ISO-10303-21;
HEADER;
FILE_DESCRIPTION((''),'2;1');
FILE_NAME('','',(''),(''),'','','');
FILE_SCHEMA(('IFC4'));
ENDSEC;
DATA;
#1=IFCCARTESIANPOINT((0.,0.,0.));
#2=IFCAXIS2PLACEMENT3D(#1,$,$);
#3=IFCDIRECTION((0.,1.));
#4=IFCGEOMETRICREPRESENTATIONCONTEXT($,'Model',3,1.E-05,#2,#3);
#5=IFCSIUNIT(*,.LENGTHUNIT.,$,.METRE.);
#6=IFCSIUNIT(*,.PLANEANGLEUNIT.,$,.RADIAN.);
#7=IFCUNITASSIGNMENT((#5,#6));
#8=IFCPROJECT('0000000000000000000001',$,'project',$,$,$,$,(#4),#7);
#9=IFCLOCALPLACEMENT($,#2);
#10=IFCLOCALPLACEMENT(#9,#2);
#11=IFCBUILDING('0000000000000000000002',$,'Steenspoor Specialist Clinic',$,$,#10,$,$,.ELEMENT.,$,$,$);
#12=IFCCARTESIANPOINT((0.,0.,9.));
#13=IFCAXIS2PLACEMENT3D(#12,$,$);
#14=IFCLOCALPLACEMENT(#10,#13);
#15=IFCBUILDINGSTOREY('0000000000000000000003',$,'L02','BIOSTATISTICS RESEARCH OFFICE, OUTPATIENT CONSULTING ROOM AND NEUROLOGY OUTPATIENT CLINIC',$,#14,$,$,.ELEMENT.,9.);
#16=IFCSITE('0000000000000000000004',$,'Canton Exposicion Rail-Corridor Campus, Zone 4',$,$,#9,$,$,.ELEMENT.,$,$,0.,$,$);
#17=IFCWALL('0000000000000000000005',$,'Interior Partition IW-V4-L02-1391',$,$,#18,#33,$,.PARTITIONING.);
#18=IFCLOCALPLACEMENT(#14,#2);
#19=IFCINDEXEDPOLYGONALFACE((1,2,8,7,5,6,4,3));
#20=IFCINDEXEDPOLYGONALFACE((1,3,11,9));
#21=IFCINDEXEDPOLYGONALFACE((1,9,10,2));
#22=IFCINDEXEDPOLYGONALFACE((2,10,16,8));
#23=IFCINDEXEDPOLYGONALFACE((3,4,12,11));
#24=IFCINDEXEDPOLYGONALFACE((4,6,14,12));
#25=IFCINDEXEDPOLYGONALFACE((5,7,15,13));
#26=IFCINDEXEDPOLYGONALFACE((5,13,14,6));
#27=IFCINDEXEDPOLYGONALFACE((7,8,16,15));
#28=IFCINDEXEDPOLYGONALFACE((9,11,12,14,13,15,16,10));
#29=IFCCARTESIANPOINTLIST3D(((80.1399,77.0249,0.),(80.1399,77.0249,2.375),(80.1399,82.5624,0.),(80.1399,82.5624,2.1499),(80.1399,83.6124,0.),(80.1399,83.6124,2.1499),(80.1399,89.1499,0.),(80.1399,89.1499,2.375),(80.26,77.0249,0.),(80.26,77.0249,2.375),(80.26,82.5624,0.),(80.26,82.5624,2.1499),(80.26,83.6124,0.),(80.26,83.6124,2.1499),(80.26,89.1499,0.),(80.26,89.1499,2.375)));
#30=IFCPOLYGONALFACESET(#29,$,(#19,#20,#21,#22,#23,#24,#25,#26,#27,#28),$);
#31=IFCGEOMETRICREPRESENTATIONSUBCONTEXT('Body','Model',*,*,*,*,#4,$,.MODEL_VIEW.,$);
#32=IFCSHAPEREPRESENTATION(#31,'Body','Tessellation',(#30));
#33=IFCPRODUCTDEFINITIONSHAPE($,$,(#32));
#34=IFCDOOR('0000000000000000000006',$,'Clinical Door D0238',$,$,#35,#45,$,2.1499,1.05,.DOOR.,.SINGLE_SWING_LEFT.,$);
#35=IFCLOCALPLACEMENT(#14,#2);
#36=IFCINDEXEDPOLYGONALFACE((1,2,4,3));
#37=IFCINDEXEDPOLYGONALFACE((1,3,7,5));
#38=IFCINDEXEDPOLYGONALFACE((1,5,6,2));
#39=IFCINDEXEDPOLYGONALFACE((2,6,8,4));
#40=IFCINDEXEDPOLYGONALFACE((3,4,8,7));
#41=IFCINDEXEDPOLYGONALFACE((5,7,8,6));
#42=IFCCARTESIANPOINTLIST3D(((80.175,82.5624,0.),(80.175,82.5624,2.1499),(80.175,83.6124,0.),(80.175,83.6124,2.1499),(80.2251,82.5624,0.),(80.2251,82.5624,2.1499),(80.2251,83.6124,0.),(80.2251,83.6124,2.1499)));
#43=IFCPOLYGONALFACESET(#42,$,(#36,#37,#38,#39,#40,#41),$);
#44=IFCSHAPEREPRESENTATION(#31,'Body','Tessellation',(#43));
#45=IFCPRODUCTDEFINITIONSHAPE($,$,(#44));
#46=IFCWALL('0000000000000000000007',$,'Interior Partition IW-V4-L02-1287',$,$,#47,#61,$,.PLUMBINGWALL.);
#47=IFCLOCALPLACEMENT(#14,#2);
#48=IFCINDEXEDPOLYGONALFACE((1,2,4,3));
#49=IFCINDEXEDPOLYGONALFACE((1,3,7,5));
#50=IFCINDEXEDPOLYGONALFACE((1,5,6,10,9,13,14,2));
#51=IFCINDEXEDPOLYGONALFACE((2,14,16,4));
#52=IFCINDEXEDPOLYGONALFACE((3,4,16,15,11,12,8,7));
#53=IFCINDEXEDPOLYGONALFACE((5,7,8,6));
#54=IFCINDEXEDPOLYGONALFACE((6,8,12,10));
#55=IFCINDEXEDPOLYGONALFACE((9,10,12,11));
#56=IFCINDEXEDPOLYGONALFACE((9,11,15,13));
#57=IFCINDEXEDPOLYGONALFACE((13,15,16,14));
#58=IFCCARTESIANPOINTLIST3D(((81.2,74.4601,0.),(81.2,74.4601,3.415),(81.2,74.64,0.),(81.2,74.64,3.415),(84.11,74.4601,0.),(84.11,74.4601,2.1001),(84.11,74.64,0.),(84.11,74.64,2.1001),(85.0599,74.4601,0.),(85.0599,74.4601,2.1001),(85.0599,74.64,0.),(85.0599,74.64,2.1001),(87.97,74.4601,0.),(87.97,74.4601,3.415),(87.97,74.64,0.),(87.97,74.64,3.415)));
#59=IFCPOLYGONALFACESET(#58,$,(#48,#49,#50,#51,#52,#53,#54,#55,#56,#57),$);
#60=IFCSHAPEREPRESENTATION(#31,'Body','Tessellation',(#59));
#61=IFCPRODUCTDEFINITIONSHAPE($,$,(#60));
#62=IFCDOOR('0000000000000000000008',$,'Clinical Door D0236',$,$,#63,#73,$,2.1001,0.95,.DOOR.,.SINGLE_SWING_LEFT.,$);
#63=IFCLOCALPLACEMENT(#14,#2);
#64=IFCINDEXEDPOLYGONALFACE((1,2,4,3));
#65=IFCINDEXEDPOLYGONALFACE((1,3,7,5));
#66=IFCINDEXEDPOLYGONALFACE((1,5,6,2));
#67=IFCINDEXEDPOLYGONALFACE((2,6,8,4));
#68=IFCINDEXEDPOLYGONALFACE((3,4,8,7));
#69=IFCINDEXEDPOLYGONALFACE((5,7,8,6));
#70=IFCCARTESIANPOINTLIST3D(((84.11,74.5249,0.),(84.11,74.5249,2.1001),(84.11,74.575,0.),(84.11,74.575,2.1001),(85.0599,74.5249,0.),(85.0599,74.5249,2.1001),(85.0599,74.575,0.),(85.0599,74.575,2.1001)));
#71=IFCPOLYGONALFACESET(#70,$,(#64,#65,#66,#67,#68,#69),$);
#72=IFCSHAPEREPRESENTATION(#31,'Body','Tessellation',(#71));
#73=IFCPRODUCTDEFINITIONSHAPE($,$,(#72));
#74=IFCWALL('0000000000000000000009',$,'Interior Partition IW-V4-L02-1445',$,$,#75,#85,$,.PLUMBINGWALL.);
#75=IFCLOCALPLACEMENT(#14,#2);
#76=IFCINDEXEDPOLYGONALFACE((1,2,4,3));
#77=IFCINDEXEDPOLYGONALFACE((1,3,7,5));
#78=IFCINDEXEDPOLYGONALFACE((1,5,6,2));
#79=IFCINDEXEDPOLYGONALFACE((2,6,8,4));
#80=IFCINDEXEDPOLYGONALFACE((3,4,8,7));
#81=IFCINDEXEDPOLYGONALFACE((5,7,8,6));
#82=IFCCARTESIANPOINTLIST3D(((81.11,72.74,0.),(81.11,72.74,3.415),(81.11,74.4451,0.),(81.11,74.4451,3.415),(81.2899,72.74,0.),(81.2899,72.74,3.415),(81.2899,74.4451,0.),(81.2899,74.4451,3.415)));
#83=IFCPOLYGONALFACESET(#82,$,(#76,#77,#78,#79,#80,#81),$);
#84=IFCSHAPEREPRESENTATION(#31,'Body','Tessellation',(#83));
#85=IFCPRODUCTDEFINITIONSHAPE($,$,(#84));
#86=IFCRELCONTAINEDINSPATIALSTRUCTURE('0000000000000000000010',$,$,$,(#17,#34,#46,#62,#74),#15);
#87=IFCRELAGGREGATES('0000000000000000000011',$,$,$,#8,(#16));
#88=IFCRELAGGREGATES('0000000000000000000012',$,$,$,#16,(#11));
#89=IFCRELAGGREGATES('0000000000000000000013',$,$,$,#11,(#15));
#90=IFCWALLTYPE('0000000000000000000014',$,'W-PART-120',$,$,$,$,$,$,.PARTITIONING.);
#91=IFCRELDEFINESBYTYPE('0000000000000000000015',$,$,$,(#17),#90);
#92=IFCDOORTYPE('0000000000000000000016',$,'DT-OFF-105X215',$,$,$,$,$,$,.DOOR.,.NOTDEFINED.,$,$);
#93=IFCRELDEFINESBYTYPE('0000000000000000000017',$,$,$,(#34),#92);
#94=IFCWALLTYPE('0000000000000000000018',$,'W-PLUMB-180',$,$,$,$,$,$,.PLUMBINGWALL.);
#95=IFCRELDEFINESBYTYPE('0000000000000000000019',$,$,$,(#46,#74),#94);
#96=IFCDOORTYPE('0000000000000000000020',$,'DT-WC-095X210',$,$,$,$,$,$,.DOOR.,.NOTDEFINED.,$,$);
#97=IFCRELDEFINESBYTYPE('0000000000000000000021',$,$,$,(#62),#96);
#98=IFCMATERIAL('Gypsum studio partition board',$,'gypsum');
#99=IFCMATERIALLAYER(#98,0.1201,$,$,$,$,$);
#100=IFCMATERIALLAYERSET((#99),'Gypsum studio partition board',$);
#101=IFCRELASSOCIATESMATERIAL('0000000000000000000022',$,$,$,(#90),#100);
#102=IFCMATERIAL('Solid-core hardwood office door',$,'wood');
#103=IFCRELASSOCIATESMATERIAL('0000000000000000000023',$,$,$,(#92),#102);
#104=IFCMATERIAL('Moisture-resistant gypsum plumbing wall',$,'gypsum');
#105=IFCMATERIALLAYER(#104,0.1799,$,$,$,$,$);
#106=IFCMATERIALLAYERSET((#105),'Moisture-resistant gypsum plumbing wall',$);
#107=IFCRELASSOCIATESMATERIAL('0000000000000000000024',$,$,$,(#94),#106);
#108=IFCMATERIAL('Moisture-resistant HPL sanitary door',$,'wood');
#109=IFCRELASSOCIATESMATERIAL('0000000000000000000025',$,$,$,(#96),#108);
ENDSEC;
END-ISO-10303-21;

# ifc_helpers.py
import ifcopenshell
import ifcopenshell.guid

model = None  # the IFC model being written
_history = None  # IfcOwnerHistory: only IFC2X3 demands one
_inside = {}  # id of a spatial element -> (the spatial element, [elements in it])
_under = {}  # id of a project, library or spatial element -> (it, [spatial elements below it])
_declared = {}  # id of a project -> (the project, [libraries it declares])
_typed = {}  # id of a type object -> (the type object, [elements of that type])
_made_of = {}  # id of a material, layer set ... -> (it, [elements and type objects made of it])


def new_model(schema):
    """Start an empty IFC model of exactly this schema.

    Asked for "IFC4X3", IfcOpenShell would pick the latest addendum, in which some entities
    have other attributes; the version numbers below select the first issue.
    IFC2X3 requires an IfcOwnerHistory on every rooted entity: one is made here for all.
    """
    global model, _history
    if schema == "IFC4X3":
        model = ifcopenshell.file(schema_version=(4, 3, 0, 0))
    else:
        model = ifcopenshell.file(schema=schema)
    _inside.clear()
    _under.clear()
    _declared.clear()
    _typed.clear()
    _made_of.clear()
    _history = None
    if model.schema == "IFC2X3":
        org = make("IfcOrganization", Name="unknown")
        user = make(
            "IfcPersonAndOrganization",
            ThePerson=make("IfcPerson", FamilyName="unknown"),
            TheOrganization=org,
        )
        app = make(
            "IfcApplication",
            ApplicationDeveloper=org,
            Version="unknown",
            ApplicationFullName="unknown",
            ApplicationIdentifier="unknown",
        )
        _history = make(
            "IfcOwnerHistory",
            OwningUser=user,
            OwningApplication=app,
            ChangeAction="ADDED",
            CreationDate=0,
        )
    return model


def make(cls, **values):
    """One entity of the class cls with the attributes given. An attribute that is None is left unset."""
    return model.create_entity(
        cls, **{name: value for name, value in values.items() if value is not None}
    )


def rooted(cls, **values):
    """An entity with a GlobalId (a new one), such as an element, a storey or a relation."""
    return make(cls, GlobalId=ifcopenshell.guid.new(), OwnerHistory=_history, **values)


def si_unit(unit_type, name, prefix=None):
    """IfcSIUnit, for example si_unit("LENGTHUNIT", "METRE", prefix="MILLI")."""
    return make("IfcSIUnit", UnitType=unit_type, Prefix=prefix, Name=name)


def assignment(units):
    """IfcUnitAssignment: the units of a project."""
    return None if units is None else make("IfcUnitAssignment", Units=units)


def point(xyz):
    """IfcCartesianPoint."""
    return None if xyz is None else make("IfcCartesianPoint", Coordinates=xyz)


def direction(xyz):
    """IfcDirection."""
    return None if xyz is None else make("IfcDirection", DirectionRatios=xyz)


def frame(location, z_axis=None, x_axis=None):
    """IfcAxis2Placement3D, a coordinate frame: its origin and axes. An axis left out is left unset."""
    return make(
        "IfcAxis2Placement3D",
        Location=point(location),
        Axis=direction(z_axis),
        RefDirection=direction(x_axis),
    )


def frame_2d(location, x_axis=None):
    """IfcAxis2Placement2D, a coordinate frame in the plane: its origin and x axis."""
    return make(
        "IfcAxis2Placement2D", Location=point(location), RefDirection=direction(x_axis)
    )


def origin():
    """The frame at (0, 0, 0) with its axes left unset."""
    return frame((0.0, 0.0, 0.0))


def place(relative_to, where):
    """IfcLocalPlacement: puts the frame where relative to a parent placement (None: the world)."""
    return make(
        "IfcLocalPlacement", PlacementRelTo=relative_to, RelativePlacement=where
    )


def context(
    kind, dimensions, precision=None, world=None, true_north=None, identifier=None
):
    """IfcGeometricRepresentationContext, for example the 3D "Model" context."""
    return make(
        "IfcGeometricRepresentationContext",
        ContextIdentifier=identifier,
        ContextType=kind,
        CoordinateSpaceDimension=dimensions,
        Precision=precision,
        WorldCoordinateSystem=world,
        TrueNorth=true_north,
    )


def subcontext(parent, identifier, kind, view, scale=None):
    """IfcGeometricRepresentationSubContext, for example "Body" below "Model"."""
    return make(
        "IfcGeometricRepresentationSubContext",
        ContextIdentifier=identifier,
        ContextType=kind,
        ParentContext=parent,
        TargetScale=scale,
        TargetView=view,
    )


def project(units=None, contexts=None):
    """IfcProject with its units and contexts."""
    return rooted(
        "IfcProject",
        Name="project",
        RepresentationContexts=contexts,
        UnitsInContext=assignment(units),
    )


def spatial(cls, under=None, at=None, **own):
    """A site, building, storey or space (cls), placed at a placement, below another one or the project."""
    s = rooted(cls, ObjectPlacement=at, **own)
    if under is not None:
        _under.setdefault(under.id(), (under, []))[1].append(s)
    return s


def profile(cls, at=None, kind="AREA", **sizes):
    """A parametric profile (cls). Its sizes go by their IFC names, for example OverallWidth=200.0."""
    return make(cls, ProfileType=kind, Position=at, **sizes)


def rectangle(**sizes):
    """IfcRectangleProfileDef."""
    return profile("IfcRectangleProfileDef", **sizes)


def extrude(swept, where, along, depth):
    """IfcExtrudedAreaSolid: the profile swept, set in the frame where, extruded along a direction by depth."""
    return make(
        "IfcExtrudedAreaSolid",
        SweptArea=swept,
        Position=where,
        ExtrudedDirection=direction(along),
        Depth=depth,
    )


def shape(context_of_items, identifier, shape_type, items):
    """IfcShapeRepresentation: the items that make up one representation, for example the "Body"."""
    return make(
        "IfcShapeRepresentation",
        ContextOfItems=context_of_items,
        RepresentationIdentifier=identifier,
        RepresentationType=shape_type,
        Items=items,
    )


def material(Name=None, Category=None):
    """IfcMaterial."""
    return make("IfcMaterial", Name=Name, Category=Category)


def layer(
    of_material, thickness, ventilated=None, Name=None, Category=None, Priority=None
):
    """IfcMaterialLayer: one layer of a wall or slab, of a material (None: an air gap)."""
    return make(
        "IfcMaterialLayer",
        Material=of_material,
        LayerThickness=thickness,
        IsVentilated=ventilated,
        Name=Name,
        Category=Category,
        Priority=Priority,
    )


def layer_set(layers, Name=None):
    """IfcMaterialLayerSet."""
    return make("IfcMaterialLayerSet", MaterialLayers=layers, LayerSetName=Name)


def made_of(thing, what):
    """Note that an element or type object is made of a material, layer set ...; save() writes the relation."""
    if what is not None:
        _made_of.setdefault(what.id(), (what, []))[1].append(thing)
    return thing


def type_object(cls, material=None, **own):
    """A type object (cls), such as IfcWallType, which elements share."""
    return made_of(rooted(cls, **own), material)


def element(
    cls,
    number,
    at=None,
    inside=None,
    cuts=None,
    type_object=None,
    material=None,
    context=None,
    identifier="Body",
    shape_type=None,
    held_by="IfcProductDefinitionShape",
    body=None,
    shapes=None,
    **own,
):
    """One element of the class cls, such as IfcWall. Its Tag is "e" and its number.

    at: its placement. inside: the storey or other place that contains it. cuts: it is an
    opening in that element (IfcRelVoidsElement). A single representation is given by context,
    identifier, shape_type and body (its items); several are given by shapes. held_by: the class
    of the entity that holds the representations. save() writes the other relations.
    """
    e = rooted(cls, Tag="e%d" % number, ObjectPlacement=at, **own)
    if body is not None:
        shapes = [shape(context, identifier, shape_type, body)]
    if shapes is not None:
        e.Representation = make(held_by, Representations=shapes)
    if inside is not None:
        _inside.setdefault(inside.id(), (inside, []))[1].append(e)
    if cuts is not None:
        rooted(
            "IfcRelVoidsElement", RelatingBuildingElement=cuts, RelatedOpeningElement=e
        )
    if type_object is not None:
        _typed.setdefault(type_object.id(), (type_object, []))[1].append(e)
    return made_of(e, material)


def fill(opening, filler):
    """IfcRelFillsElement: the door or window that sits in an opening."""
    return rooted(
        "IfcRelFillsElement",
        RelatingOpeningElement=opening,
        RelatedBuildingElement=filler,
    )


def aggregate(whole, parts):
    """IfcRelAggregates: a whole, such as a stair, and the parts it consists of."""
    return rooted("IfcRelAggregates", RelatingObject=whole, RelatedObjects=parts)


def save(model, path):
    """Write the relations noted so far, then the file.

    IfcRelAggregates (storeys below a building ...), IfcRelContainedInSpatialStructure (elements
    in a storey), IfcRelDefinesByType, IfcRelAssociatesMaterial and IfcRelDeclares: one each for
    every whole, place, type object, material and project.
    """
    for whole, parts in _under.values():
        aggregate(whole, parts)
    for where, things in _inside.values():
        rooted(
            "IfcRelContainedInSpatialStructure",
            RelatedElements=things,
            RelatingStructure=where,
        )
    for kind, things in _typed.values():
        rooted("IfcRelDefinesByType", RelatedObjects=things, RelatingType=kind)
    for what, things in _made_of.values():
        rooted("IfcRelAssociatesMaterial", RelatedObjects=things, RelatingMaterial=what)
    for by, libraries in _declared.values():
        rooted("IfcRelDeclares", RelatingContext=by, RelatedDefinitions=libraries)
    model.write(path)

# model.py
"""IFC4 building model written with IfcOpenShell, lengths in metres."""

from ifc_helpers import new_model, si_unit, direction, frame, frame_2d, origin, place, context, subcontext, project, spatial, rectangle, extrude, material, layer, layer_set, type_object, element, fill, save


model = new_model("IFC4")

# Units and contexts
model_context = context("Model", 3, precision=1e-05, world=origin(), true_north=direction((0.0, 1.0)))
body_context = subcontext(model_context, "Body", "Model", "MODEL_VIEW")
ifc_project = project(units=[si_unit("LENGTHUNIT", "METRE"), si_unit("PLANEANGLEUNIT", "RADIAN")], contexts=[model_context])

# Site, building, storey
site_placement = place(None, origin())
site = spatial("IfcSite", under=ifc_project, at=site_placement, Name="Canton Exposicion Rail-Corridor Campus, Zone 4", CompositionType="ELEMENT", RefElevation=0.0)
building_placement = place(site_placement, origin())
building = spatial("IfcBuilding", under=site, at=building_placement, Name="Steenspoor Specialist Clinic", CompositionType="ELEMENT")
storey_placement = place(building_placement, frame((0.0, 0.0, 9.0)))
storey = spatial("IfcBuildingStorey", under=building, at=storey_placement, Name="L02", Description="BIOSTATISTICS RESEARCH OFFICE, OUTPATIENT CONSULTING ROOM AND NEUROLOGY OUTPATIENT CLINIC", CompositionType="ELEMENT", Elevation=9.0)

# Shared definitions
ifc_material_1 = material(Name="Gypsum studio partition board", Category="gypsum")
ifc_layer_1 = layer(ifc_material_1, 0.1201)
ifc_layer_set_1 = layer_set([ifc_layer_1], Name="Gypsum studio partition board")
wall_type_1 = type_object("IfcWallType", Name="W-PART-120", PredefinedType="PARTITIONING", material=ifc_layer_set_1)

# Walls, openings, doors
wall_1_placement = place(storey_placement, frame((80.2, 77.0249, 0.0), z_axis=(0.0, 0.0, 1.0), x_axis=(0.0, 1.0, 0.0)))
wall_1 = element("IfcWall", 1, at=wall_1_placement, inside=storey, type_object=wall_type_1, Name="Interior Partition IW-V4-L02-1391", PredefinedType="PARTITIONING", context=body_context, shape_type="SweptSolid", body=[
    extrude(rectangle(XDim=12.125, YDim=0.1201, at=frame_2d((6.0625, 0.0))), origin(), (0.0, 0.0, 1.0), 2.375),
])
opening_1_placement = place(wall_1_placement, frame((5.5376, 0.0, 0.0)))
opening_1 = element("IfcOpeningElement", 2, at=opening_1_placement, cuts=wall_1, PredefinedType="OPENING", context=body_context, shape_type="SweptSolid", body=[
    extrude(rectangle(XDim=1.05, YDim=2.1499, at=frame_2d((0.5249, 1.075))), frame((0.0, 0.0701, 0.0), z_axis=(0.0, -1.0, 0.0), x_axis=(1.0, 0.0, 0.0)), (0.0, 0.0, 1.0), 0.1401),
])
ifc_material_2 = material(Name="Solid-core hardwood office door", Category="wood")
door_type_1 = type_object("IfcDoorType", Name="DT-OFF-105X215", OperationType="NOTDEFINED", PredefinedType="DOOR", material=ifc_material_2)
door_1_placement = place(opening_1_placement, origin())
door_1 = element("IfcDoor", 3, at=door_1_placement, inside=storey, type_object=door_type_1, Name="Clinical Door D0238", OperationType="SINGLE_SWING_LEFT", OverallHeight=2.1499, OverallWidth=1.05, PredefinedType="DOOR", context=body_context, shape_type="SweptSolid", body=[
    extrude(rectangle(XDim=1.05, YDim=2.1499, at=frame_2d((0.5249, 1.075))), frame((0.0, 0.0249, 0.0), z_axis=(0.0, -1.0, 0.0), x_axis=(1.0, 0.0, 0.0)), (0.0, 0.0, 1.0), 0.05),
])
fill(opening_1, door_1)
ifc_material_3 = material(Name="Moisture-resistant gypsum plumbing wall", Category="gypsum")
ifc_layer_2 = layer(ifc_material_3, 0.1799)
ifc_layer_set_2 = layer_set([ifc_layer_2], Name="Moisture-resistant gypsum plumbing wall")
wall_type_2 = type_object("IfcWallType", Name="W-PLUMB-180", PredefinedType="PLUMBINGWALL", material=ifc_layer_set_2)
wall_2_placement = place(storey_placement, frame((81.2, 74.55, 0.0), z_axis=(0.0, 0.0, 1.0), x_axis=(1.0, 0.0, 0.0)))
wall_2 = element("IfcWall", 4, at=wall_2_placement, inside=storey, type_object=wall_type_2, Name="Interior Partition IW-V4-L02-1287", PredefinedType="PLUMBINGWALL", context=body_context, shape_type="SweptSolid", body=[
    extrude(rectangle(XDim=6.77, YDim=0.1799, at=frame_2d((3.385, 0.0))), origin(), (0.0, 0.0, 1.0), 3.415),
])
opening_2_placement = place(wall_2_placement, frame((2.9099, 0.0, 0.0)))
opening_2 = element("IfcOpeningElement", 5, at=opening_2_placement, cuts=wall_2, PredefinedType="OPENING", context=body_context, shape_type="SweptSolid", body=[
    extrude(rectangle(XDim=0.95, YDim=2.1001, at=frame_2d((0.4751, 1.05))), frame((0.0, 0.1001, 0.0), z_axis=(0.0, -1.0, 0.0), x_axis=(1.0, 0.0, 0.0)), (0.0, 0.0, 1.0), 0.2),
])
ifc_material_4 = material(Name="Moisture-resistant HPL sanitary door", Category="wood")
door_type_2 = type_object("IfcDoorType", Name="DT-WC-095X210", OperationType="NOTDEFINED", PredefinedType="DOOR", material=ifc_material_4)
door_2_placement = place(opening_2_placement, origin())
door_2 = element("IfcDoor", 6, at=door_2_placement, inside=storey, type_object=door_type_2, Name="Clinical Door D0236", OperationType="SINGLE_SWING_LEFT", OverallHeight=2.1001, OverallWidth=0.95, PredefinedType="DOOR", context=body_context, shape_type="SweptSolid", body=[
    extrude(rectangle(XDim=0.95, YDim=2.1001, at=frame_2d((0.4751, 1.05))), frame((0.0, 0.0249, 0.0), z_axis=(0.0, -1.0, 0.0), x_axis=(1.0, 0.0, 0.0)), (0.0, 0.0, 1.0), 0.05),
])
fill(opening_2, door_2)

# Wall
wall_3_placement = place(storey_placement, frame((81.2, 72.74, 0.0), z_axis=(0.0, 0.0, 1.0), x_axis=(0.0, 1.0, 0.0)))
element("IfcWall", 7, at=wall_3_placement, inside=storey, type_object=wall_type_2, Name="Interior Partition IW-V4-L02-1445", PredefinedType="PLUMBINGWALL", context=body_context, shape_type="SweptSolid", body=[
    extrude(rectangle(XDim=1.7051, YDim=0.1799, at=frame_2d((0.8525, 0.0))), origin(), (0.0, 0.0, 1.0), 3.415),
])

save(model, "model.ifc")
